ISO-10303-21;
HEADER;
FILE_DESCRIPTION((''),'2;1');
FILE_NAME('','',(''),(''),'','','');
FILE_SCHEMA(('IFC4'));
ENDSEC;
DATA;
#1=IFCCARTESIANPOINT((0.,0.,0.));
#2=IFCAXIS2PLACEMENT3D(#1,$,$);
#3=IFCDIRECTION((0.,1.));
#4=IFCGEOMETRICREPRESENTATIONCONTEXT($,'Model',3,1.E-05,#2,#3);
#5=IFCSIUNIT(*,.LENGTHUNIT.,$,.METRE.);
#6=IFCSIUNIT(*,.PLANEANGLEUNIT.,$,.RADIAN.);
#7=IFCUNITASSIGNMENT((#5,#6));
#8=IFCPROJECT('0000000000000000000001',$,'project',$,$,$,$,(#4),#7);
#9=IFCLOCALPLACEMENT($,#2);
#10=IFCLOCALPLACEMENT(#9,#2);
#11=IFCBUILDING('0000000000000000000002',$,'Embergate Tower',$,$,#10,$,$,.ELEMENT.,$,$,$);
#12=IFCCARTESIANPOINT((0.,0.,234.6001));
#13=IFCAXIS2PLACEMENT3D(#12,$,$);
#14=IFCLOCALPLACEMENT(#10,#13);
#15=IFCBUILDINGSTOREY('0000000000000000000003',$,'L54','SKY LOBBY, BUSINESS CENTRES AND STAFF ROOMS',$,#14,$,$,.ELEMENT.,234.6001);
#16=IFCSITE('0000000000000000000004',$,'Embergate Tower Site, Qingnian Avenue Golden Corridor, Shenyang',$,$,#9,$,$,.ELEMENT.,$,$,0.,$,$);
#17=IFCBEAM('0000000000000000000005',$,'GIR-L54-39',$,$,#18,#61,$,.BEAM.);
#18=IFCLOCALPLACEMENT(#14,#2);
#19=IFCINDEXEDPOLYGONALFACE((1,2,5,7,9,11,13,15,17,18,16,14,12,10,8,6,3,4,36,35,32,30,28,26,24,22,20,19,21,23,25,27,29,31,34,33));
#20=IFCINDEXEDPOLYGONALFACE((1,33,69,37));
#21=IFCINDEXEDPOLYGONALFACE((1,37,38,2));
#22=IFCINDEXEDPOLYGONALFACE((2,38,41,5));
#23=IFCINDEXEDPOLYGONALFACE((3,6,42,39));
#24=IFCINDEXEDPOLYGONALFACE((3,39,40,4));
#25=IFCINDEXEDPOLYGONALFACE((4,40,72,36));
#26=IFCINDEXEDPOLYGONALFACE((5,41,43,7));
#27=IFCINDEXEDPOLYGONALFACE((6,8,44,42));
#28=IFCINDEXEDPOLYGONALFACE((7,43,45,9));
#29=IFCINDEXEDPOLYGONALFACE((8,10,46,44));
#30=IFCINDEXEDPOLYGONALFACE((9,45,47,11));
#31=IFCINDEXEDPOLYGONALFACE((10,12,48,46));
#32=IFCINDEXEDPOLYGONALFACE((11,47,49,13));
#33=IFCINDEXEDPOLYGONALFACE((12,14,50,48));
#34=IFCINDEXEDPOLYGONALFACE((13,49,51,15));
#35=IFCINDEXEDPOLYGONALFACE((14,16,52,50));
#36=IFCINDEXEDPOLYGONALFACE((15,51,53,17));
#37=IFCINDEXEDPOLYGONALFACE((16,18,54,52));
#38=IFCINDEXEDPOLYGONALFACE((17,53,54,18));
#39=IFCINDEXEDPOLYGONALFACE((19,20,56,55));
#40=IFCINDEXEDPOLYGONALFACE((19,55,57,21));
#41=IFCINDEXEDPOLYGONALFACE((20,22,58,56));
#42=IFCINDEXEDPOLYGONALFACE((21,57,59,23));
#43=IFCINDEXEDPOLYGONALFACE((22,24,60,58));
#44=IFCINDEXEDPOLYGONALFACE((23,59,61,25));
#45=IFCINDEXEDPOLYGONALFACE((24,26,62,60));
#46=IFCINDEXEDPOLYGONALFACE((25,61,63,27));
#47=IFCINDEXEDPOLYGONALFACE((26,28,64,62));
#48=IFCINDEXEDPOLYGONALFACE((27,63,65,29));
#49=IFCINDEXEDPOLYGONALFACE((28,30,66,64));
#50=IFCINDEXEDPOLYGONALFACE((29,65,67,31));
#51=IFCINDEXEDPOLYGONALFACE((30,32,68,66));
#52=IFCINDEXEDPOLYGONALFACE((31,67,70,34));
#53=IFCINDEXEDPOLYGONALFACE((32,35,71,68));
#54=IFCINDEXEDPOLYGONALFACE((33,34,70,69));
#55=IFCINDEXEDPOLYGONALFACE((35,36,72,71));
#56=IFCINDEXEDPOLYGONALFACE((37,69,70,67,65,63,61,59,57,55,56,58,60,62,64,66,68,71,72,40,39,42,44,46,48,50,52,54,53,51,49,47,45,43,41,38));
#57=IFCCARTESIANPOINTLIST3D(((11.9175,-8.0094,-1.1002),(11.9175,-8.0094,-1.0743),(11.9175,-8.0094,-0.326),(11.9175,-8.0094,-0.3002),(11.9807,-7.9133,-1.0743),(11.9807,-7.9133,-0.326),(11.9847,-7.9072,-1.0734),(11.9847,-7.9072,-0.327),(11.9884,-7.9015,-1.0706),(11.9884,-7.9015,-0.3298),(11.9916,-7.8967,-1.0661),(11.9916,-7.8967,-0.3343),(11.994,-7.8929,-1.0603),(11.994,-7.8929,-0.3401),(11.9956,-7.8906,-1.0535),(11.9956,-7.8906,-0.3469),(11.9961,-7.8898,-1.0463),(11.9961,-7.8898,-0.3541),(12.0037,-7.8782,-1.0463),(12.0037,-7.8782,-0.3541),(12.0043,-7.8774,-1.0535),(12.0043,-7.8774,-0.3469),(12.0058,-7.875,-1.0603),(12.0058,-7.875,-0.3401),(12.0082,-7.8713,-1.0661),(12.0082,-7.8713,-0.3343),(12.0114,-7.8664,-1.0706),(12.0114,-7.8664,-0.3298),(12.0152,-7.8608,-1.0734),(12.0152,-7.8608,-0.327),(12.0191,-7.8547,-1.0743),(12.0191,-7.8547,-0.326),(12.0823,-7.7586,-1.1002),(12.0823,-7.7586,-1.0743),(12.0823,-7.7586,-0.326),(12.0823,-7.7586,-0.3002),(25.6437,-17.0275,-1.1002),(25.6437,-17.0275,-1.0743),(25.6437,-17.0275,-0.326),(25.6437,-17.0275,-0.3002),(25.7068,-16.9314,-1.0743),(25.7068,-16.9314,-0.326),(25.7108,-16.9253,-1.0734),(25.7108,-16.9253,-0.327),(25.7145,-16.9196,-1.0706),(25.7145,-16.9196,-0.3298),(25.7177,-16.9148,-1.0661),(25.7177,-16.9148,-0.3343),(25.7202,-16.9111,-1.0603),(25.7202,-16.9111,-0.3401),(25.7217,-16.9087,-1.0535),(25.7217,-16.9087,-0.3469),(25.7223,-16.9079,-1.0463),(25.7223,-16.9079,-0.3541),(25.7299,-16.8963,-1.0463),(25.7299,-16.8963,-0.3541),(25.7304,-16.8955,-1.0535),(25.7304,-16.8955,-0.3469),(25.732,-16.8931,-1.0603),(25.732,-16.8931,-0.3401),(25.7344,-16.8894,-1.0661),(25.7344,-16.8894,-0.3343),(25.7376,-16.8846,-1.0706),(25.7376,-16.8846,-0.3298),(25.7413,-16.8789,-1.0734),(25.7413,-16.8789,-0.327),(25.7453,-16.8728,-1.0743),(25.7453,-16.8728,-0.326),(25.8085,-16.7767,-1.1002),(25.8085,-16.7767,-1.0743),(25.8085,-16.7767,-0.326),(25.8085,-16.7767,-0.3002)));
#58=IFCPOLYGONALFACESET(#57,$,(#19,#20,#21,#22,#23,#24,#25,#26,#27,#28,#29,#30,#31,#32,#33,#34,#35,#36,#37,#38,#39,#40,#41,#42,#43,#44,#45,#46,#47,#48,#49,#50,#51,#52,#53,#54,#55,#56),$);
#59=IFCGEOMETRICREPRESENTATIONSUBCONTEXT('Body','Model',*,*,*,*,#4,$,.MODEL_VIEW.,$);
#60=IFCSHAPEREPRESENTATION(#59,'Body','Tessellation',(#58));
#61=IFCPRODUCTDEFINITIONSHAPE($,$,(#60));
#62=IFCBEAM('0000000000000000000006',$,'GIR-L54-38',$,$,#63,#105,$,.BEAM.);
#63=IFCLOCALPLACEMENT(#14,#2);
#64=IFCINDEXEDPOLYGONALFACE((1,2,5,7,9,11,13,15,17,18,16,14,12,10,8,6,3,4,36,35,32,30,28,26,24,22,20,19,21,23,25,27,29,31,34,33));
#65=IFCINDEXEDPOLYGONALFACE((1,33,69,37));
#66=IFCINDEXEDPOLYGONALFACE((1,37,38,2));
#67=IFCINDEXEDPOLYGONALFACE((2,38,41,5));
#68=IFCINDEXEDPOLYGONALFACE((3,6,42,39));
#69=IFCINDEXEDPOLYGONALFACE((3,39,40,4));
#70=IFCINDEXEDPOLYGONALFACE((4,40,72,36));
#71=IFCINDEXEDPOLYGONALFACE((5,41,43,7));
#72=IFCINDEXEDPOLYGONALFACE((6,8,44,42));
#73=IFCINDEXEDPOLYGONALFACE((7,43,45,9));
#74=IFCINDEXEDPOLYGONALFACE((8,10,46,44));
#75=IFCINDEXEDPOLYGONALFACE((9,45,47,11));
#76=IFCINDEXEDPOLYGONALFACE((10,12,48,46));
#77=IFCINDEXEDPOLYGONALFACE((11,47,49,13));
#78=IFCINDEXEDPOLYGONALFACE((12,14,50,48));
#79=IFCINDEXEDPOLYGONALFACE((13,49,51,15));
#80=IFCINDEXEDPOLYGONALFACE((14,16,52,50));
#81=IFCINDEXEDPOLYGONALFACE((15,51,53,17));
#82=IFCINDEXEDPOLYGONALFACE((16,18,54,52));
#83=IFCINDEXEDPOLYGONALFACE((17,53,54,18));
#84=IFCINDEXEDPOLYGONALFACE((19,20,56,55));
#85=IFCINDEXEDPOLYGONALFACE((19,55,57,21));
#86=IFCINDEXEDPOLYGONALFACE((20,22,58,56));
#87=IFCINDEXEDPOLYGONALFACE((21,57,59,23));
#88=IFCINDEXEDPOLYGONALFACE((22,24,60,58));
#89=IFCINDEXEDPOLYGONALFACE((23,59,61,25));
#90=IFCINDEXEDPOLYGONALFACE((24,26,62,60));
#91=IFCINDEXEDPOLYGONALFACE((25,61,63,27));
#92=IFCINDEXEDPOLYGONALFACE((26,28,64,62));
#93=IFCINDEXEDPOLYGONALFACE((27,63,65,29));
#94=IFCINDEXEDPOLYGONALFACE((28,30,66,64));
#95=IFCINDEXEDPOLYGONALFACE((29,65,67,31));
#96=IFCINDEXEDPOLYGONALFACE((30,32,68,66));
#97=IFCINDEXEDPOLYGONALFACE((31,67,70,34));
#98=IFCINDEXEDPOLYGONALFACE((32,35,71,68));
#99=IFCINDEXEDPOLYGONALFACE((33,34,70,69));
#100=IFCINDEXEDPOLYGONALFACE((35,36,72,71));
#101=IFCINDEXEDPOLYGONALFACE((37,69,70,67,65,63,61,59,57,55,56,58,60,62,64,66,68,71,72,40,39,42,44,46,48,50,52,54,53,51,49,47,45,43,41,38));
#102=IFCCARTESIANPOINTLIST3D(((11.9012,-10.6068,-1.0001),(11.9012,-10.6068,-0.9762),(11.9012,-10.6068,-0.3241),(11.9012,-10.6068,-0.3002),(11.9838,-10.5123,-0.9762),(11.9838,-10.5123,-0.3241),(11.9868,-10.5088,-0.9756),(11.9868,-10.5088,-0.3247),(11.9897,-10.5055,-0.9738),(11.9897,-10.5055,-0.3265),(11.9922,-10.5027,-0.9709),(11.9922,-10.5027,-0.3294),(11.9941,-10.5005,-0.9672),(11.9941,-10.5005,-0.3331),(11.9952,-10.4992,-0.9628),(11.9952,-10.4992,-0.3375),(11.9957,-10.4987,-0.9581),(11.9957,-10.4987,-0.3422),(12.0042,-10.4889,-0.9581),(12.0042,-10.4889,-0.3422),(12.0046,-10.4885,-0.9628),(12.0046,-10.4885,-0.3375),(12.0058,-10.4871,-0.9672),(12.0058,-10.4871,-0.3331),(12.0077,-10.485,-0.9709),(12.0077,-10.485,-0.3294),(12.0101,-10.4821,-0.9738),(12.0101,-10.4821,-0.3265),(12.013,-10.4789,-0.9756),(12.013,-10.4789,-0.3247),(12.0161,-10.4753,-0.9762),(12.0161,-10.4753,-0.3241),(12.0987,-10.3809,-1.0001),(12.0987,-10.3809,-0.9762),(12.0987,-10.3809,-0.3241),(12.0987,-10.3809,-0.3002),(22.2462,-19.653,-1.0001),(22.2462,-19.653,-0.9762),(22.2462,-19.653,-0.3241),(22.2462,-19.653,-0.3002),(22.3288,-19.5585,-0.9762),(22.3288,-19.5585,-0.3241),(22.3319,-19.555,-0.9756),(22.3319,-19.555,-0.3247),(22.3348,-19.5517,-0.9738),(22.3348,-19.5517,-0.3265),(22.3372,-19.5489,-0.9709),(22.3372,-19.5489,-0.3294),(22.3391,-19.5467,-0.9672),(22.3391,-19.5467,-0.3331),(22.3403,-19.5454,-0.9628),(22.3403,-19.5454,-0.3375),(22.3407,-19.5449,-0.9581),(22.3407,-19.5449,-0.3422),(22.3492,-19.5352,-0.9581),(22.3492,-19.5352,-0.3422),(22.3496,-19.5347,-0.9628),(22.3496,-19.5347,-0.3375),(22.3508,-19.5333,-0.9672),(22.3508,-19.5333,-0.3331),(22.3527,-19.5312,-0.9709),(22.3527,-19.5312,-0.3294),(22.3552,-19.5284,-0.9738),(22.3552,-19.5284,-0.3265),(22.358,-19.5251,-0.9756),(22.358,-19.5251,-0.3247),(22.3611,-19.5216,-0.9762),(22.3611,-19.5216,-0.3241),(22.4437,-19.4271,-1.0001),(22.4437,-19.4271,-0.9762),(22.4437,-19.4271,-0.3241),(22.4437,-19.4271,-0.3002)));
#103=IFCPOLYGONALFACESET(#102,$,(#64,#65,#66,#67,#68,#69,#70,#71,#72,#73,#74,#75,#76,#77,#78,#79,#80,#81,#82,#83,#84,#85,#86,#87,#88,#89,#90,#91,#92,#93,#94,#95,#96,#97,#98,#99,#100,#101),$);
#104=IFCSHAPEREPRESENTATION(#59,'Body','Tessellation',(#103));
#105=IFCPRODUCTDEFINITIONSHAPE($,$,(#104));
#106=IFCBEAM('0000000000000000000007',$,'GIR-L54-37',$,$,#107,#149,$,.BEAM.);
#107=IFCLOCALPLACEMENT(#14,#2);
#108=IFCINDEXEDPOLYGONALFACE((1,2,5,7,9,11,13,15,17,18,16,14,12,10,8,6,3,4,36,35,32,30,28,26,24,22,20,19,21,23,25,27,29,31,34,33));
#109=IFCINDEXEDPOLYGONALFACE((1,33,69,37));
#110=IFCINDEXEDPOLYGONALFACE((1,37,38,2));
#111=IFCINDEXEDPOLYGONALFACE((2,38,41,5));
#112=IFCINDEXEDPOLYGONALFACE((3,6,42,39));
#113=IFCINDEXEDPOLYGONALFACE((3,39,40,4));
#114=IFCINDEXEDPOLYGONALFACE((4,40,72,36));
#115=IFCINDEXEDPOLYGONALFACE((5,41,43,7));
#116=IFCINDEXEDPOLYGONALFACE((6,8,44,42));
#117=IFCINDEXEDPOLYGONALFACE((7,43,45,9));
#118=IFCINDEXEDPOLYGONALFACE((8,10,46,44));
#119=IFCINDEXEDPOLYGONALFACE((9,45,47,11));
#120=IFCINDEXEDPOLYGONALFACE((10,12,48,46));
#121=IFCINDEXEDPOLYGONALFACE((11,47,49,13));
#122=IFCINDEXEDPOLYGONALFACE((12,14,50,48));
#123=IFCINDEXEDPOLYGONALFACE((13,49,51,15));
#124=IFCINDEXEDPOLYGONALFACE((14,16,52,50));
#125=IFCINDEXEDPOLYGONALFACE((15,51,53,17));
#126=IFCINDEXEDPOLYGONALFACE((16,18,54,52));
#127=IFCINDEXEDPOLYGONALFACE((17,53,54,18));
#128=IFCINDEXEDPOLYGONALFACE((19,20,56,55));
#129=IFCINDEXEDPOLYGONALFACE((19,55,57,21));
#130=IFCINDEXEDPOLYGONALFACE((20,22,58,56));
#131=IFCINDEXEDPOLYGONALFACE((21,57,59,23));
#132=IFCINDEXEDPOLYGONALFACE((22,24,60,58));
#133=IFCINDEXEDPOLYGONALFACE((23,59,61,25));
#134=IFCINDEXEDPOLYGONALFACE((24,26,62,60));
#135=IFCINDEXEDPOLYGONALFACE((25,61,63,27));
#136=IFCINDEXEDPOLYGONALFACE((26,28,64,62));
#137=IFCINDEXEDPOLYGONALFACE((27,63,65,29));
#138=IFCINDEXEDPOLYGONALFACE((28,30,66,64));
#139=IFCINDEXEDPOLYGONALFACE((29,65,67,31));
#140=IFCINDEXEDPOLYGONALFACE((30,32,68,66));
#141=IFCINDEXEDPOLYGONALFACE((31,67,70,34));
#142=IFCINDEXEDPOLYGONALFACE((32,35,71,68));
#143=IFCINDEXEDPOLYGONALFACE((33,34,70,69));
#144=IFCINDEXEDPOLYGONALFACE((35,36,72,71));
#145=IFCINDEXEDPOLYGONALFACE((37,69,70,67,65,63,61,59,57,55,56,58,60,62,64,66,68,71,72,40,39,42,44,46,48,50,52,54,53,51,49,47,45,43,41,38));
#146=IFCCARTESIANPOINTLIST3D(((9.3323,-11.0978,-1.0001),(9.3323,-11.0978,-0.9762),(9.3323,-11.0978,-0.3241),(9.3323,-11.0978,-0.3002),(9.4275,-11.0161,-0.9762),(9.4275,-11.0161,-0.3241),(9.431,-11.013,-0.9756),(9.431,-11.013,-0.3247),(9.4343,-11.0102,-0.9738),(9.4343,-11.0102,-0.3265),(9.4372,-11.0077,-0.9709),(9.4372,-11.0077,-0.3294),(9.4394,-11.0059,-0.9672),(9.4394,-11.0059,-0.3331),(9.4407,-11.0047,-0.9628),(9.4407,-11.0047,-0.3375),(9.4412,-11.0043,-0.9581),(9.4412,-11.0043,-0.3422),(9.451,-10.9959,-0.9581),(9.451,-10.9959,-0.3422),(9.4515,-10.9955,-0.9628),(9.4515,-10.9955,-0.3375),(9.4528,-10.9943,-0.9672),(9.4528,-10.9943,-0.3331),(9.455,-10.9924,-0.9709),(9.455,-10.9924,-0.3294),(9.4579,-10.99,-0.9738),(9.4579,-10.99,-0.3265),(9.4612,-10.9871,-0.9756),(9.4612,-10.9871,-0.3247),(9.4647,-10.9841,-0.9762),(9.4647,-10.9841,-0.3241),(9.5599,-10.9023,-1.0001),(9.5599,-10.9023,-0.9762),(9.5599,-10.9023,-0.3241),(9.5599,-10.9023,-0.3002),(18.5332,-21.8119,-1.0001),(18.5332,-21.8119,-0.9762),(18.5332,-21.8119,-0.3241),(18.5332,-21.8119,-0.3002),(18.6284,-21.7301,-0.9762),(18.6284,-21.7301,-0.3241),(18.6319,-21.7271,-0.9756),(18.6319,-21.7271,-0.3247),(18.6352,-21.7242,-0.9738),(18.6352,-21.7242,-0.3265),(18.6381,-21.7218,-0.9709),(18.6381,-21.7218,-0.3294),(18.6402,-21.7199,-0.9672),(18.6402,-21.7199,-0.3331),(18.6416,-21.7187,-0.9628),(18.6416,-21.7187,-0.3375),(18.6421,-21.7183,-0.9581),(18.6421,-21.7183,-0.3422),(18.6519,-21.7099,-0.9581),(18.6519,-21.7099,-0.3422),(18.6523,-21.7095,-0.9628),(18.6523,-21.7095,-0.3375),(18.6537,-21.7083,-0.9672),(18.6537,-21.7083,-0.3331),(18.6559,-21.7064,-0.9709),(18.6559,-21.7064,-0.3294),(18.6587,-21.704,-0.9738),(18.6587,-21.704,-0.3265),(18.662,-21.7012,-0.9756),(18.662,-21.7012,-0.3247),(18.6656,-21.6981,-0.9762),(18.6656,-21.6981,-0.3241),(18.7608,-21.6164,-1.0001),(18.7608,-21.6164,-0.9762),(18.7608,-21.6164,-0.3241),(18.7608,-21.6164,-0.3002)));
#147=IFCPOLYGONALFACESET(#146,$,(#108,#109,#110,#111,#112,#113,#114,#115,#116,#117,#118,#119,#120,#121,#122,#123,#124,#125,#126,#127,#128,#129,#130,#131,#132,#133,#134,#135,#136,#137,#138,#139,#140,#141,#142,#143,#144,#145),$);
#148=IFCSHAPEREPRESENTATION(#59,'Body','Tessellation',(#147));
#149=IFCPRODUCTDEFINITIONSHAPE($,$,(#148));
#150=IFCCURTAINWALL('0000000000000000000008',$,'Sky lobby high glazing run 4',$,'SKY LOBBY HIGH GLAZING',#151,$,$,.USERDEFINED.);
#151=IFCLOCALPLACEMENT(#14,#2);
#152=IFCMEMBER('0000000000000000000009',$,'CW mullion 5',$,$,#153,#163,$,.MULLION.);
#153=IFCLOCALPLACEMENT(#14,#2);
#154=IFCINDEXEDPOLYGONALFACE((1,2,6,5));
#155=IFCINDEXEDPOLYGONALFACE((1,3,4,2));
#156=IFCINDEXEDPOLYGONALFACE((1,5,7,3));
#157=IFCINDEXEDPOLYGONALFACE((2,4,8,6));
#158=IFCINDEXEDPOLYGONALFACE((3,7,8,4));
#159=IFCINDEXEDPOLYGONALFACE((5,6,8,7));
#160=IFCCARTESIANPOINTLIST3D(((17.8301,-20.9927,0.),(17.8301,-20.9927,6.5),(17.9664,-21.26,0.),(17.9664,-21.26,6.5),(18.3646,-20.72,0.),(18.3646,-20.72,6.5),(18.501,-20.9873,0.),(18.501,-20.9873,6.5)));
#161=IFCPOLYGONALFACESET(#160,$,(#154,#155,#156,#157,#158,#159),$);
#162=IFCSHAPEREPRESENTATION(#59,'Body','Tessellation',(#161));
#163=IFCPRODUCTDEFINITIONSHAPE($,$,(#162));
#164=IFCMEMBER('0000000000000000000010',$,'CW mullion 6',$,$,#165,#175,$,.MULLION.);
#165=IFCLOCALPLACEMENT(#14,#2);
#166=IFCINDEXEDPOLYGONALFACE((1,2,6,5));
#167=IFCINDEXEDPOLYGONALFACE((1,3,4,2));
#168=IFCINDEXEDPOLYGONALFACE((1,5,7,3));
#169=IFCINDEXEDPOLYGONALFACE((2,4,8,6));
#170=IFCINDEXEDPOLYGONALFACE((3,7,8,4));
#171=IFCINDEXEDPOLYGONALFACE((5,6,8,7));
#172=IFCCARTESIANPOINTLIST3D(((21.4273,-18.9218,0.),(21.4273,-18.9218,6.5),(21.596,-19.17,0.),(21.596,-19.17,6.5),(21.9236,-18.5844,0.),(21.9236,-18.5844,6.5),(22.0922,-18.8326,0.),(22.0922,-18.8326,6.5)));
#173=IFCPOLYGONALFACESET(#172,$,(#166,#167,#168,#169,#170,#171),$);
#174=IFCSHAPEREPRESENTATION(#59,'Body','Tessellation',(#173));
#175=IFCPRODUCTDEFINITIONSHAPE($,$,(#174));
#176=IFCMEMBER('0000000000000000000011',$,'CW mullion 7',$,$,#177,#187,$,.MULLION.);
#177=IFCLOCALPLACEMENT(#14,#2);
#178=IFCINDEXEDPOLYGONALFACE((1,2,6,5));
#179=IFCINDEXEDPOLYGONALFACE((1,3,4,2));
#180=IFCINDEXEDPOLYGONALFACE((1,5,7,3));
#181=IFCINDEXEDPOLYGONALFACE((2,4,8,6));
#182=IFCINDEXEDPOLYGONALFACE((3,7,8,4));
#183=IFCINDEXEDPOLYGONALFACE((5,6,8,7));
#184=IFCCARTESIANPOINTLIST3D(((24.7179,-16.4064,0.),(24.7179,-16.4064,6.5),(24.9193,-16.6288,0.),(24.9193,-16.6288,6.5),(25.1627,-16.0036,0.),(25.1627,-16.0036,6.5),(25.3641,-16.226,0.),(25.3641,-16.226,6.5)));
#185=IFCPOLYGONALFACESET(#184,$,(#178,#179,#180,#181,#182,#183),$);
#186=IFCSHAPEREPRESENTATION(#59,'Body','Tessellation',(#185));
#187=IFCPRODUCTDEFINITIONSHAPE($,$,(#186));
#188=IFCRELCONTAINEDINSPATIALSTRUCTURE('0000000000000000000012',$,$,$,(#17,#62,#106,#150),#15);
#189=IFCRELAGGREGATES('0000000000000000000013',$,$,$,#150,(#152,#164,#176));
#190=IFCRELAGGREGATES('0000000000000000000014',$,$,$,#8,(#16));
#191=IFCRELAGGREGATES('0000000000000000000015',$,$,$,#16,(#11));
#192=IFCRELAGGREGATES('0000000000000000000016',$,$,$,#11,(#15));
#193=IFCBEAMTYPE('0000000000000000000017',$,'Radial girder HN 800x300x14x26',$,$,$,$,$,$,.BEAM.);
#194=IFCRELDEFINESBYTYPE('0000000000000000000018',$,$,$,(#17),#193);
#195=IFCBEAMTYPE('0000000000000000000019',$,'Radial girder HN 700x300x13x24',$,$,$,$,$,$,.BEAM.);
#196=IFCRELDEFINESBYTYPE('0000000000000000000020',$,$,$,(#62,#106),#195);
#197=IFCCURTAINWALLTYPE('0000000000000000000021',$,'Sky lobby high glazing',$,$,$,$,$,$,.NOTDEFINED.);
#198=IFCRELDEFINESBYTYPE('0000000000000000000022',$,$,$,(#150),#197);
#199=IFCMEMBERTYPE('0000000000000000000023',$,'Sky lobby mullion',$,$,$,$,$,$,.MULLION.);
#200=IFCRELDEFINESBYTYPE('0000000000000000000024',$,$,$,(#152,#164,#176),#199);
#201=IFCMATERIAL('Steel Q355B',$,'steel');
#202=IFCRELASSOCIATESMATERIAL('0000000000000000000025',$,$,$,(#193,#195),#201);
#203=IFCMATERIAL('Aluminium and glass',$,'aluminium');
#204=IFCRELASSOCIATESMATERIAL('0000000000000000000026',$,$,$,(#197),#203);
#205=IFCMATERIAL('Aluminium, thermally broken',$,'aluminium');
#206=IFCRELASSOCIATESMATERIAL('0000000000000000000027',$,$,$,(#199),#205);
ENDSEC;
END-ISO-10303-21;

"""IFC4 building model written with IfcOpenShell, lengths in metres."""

from ifc_helpers import new_model, si_unit, direction, frame, origin, origin_2d, place, context, subcontext, project, spatial, rectangle, i_section, extrude, source, transform, mapped, material, material_profile, profile_set, type_object, element, aggregate, save


model = new_model("IFC4")

# Units and contexts
model_context = context("Model", 3, precision=1e-05, world=origin(), true_north=direction((0.0, 1.0)))
body_context = subcontext(model_context, "Body", "Model", "MODEL_VIEW")
ifc_project = project(units=[si_unit("LENGTHUNIT", "METRE"), si_unit("PLANEANGLEUNIT", "RADIAN")], contexts=[model_context])

# Site, building, storey
site_placement = place(None, origin())
site = spatial("IfcSite", under=ifc_project, at=site_placement, Name="Embergate Tower Site, Qingnian Avenue Golden Corridor, Shenyang", CompositionType="ELEMENT", RefElevation=0.0)
building_placement = place(site_placement, origin())
building = spatial("IfcBuilding", under=site, at=building_placement, Name="Embergate Tower", CompositionType="ELEMENT")
storey_placement = place(building_placement, frame((0.0, 0.0, 234.6001)))
storey = spatial("IfcBuildingStorey", under=building, at=storey_placement, Name="L54", Description="SKY LOBBY, BUSINESS CENTRES AND STAFF ROOMS", CompositionType="ELEMENT", Elevation=234.6001)

# Beams
ifc_material_1 = material(Name="Steel Q355B", Category="steel")
ifc_material_profile_1 = material_profile(ifc_material_1, i_section(OverallWidth=0.3, OverallDepth=0.8, WebThickness=0.0139, FlangeThickness=0.0259, FilletRadius=0.0281, at=origin_2d()), Name="HN 800x300x14x26")
ifc_profile_set_1 = profile_set([ifc_material_profile_1], Name="Steel Q355 grade B")
beam_type_1 = type_object("IfcBeamType", Name="Radial girder HN 800x300x14x26", PredefinedType="BEAM", material=ifc_profile_set_1)
shared_shape_1 = source(origin(), body_context, "Body", "SweptSolid", [
    extrude(i_section(OverallWidth=0.3, OverallDepth=0.8, WebThickness=0.0139, FlangeThickness=0.0259, FilletRadius=0.0281, at=origin_2d()), origin(), (0.0, 0.0, 1.0), 16.4236),
])
beam_1_placement = place(storey_placement, frame((25.7261, -16.9021, -0.7002), z_axis=(-0.835759, 0.549096, 0.0), x_axis=(-0.549096, -0.835759, 0.0)))
element("IfcBeam", 1, at=beam_1_placement, inside=storey, type_object=beam_type_1, Name="GIR-L54-39", PredefinedType="BEAM", context=body_context, shape_type="MappedRepresentation", body=[
    mapped(shared_shape_1, transform((0.0, 0.0, 0.0))),
])
ifc_material_profile_2 = material_profile(ifc_material_1, i_section(OverallWidth=0.3, OverallDepth=0.7, WebThickness=0.0129, FlangeThickness=0.0239, FilletRadius=0.0181, at=origin_2d()), Name="HN 700x300x13x24")
ifc_profile_set_2 = profile_set([ifc_material_profile_2], Name="Steel Q355 grade B")
beam_type_2 = type_object("IfcBeamType", Name="Radial girder HN 700x300x13x24", PredefinedType="BEAM", material=ifc_profile_set_2)
shared_shape_2 = source(origin(), body_context, "Body", "SweptSolid", [
    extrude(i_section(OverallWidth=0.3, OverallDepth=0.7, WebThickness=0.0129, FlangeThickness=0.0239, FilletRadius=0.0181, at=origin_2d()), origin(), (0.0, 0.0, 1.0), 13.7424),
])
beam_2_placement = place(storey_placement, frame((22.345, -19.54, -0.6501), z_axis=(-0.752782, 0.658269, 0.0), x_axis=(-0.658269, -0.752782, 0.0)))
element("IfcBeam", 2, at=beam_2_placement, inside=storey, type_object=beam_type_2, Name="GIR-L54-38", PredefinedType="BEAM", context=body_context, shape_type="MappedRepresentation", body=[
    mapped(shared_shape_2, transform((0.0, 0.0, 0.0))),
])
shared_shape_3 = source(origin(), body_context, "Body", "SweptSolid", [
    extrude(i_section(OverallWidth=0.3, OverallDepth=0.7, WebThickness=0.0129, FlangeThickness=0.0239, FilletRadius=0.0181, at=origin_2d()), origin(), (0.0, 0.0, 1.0), 14.1226),
])
beam_3_placement = place(storey_placement, frame((18.647, -21.7141, -0.6501), z_axis=(-0.651501, 0.758647, 0.0), x_axis=(-0.758647, -0.651501, 0.0)))
element("IfcBeam", 3, at=beam_3_placement, inside=storey, type_object=beam_type_2, Name="GIR-L54-37", PredefinedType="BEAM", context=body_context, shape_type="MappedRepresentation", body=[
    mapped(shared_shape_3, transform((0.0, 0.0, 0.0))),
])

# Curtain wall, members
ifc_material_2 = material(Name="Aluminium and glass", Category="aluminium")
curtain_wall_type = type_object("IfcCurtainWallType", Name="Sky lobby high glazing", PredefinedType="NOTDEFINED", material=ifc_material_2)
curtain_wall_placement = place(storey_placement, origin())
curtain_wall = element("IfcCurtainWall", 4, at=curtain_wall_placement, inside=storey, type_object=curtain_wall_type, Name="Sky lobby high glazing run 4", ObjectType="SKY LOBBY HIGH GLAZING", PredefinedType="USERDEFINED")
ifc_material_3 = material(Name="Aluminium, thermally broken", Category="aluminium")
ifc_material_profile_3 = material_profile(ifc_material_3, rectangle(XDim=0.3, YDim=0.6001, at=origin_2d()), Name="AL 600x300")
ifc_profile_set_3 = profile_set([ifc_material_profile_3], Name="Aluminium, thermally broken")
member_type_1 = type_object("IfcMemberType", Name="Sky lobby mullion", PredefinedType="MULLION", material=ifc_profile_set_3)
shared_shape_4 = source(origin(), body_context, "Body", "SweptSolid", [
    extrude(rectangle(XDim=0.3, YDim=0.6001, at=origin_2d()), origin(), (0.0, 0.0, 1.0), 6.5),
])
member_1_placement = place(storey_placement, frame((18.1655, -20.99, 0.0), z_axis=(0.0, 0.0, 1.0), x_axis=(-0.454504, 0.890745, 0.0)))
member_1 = element("IfcMember", 5, at=member_1_placement, type_object=member_type_1, Name="CW mullion 5", PredefinedType="MULLION", context=body_context, shape_type="MappedRepresentation", body=[
    mapped(shared_shape_4, transform((0.0, 0.0, 0.0))),
])
member_2_placement = place(storey_placement, frame((21.7598, -18.8772, 0.0), z_axis=(0.0, 0.0, 1.0), x_axis=(-0.562208, 0.826996, 0.0)))
member_2 = element("IfcMember", 6, at=member_2_placement, type_object=member_type_1, Name="CW mullion 6", PredefinedType="MULLION", context=body_context, shape_type="MappedRepresentation", body=[
    mapped(shared_shape_4, transform((0.0, 0.0, 0.0))),
])
member_3_placement = place(storey_placement, frame((25.041, -16.3162, 0.0), z_axis=(0.0, 0.0, 1.0), x_axis=(-0.671215, 0.741263, 0.0)))
member_3 = element("IfcMember", 7, at=member_3_placement, type_object=member_type_1, Name="CW mullion 7", PredefinedType="MULLION", context=body_context, shape_type="MappedRepresentation", body=[
    mapped(shared_shape_4, transform((0.0, 0.0, 0.0))),
])
aggregate(curtain_wall, [member_1, member_2, member_3])

save(model, "model.ifc")
